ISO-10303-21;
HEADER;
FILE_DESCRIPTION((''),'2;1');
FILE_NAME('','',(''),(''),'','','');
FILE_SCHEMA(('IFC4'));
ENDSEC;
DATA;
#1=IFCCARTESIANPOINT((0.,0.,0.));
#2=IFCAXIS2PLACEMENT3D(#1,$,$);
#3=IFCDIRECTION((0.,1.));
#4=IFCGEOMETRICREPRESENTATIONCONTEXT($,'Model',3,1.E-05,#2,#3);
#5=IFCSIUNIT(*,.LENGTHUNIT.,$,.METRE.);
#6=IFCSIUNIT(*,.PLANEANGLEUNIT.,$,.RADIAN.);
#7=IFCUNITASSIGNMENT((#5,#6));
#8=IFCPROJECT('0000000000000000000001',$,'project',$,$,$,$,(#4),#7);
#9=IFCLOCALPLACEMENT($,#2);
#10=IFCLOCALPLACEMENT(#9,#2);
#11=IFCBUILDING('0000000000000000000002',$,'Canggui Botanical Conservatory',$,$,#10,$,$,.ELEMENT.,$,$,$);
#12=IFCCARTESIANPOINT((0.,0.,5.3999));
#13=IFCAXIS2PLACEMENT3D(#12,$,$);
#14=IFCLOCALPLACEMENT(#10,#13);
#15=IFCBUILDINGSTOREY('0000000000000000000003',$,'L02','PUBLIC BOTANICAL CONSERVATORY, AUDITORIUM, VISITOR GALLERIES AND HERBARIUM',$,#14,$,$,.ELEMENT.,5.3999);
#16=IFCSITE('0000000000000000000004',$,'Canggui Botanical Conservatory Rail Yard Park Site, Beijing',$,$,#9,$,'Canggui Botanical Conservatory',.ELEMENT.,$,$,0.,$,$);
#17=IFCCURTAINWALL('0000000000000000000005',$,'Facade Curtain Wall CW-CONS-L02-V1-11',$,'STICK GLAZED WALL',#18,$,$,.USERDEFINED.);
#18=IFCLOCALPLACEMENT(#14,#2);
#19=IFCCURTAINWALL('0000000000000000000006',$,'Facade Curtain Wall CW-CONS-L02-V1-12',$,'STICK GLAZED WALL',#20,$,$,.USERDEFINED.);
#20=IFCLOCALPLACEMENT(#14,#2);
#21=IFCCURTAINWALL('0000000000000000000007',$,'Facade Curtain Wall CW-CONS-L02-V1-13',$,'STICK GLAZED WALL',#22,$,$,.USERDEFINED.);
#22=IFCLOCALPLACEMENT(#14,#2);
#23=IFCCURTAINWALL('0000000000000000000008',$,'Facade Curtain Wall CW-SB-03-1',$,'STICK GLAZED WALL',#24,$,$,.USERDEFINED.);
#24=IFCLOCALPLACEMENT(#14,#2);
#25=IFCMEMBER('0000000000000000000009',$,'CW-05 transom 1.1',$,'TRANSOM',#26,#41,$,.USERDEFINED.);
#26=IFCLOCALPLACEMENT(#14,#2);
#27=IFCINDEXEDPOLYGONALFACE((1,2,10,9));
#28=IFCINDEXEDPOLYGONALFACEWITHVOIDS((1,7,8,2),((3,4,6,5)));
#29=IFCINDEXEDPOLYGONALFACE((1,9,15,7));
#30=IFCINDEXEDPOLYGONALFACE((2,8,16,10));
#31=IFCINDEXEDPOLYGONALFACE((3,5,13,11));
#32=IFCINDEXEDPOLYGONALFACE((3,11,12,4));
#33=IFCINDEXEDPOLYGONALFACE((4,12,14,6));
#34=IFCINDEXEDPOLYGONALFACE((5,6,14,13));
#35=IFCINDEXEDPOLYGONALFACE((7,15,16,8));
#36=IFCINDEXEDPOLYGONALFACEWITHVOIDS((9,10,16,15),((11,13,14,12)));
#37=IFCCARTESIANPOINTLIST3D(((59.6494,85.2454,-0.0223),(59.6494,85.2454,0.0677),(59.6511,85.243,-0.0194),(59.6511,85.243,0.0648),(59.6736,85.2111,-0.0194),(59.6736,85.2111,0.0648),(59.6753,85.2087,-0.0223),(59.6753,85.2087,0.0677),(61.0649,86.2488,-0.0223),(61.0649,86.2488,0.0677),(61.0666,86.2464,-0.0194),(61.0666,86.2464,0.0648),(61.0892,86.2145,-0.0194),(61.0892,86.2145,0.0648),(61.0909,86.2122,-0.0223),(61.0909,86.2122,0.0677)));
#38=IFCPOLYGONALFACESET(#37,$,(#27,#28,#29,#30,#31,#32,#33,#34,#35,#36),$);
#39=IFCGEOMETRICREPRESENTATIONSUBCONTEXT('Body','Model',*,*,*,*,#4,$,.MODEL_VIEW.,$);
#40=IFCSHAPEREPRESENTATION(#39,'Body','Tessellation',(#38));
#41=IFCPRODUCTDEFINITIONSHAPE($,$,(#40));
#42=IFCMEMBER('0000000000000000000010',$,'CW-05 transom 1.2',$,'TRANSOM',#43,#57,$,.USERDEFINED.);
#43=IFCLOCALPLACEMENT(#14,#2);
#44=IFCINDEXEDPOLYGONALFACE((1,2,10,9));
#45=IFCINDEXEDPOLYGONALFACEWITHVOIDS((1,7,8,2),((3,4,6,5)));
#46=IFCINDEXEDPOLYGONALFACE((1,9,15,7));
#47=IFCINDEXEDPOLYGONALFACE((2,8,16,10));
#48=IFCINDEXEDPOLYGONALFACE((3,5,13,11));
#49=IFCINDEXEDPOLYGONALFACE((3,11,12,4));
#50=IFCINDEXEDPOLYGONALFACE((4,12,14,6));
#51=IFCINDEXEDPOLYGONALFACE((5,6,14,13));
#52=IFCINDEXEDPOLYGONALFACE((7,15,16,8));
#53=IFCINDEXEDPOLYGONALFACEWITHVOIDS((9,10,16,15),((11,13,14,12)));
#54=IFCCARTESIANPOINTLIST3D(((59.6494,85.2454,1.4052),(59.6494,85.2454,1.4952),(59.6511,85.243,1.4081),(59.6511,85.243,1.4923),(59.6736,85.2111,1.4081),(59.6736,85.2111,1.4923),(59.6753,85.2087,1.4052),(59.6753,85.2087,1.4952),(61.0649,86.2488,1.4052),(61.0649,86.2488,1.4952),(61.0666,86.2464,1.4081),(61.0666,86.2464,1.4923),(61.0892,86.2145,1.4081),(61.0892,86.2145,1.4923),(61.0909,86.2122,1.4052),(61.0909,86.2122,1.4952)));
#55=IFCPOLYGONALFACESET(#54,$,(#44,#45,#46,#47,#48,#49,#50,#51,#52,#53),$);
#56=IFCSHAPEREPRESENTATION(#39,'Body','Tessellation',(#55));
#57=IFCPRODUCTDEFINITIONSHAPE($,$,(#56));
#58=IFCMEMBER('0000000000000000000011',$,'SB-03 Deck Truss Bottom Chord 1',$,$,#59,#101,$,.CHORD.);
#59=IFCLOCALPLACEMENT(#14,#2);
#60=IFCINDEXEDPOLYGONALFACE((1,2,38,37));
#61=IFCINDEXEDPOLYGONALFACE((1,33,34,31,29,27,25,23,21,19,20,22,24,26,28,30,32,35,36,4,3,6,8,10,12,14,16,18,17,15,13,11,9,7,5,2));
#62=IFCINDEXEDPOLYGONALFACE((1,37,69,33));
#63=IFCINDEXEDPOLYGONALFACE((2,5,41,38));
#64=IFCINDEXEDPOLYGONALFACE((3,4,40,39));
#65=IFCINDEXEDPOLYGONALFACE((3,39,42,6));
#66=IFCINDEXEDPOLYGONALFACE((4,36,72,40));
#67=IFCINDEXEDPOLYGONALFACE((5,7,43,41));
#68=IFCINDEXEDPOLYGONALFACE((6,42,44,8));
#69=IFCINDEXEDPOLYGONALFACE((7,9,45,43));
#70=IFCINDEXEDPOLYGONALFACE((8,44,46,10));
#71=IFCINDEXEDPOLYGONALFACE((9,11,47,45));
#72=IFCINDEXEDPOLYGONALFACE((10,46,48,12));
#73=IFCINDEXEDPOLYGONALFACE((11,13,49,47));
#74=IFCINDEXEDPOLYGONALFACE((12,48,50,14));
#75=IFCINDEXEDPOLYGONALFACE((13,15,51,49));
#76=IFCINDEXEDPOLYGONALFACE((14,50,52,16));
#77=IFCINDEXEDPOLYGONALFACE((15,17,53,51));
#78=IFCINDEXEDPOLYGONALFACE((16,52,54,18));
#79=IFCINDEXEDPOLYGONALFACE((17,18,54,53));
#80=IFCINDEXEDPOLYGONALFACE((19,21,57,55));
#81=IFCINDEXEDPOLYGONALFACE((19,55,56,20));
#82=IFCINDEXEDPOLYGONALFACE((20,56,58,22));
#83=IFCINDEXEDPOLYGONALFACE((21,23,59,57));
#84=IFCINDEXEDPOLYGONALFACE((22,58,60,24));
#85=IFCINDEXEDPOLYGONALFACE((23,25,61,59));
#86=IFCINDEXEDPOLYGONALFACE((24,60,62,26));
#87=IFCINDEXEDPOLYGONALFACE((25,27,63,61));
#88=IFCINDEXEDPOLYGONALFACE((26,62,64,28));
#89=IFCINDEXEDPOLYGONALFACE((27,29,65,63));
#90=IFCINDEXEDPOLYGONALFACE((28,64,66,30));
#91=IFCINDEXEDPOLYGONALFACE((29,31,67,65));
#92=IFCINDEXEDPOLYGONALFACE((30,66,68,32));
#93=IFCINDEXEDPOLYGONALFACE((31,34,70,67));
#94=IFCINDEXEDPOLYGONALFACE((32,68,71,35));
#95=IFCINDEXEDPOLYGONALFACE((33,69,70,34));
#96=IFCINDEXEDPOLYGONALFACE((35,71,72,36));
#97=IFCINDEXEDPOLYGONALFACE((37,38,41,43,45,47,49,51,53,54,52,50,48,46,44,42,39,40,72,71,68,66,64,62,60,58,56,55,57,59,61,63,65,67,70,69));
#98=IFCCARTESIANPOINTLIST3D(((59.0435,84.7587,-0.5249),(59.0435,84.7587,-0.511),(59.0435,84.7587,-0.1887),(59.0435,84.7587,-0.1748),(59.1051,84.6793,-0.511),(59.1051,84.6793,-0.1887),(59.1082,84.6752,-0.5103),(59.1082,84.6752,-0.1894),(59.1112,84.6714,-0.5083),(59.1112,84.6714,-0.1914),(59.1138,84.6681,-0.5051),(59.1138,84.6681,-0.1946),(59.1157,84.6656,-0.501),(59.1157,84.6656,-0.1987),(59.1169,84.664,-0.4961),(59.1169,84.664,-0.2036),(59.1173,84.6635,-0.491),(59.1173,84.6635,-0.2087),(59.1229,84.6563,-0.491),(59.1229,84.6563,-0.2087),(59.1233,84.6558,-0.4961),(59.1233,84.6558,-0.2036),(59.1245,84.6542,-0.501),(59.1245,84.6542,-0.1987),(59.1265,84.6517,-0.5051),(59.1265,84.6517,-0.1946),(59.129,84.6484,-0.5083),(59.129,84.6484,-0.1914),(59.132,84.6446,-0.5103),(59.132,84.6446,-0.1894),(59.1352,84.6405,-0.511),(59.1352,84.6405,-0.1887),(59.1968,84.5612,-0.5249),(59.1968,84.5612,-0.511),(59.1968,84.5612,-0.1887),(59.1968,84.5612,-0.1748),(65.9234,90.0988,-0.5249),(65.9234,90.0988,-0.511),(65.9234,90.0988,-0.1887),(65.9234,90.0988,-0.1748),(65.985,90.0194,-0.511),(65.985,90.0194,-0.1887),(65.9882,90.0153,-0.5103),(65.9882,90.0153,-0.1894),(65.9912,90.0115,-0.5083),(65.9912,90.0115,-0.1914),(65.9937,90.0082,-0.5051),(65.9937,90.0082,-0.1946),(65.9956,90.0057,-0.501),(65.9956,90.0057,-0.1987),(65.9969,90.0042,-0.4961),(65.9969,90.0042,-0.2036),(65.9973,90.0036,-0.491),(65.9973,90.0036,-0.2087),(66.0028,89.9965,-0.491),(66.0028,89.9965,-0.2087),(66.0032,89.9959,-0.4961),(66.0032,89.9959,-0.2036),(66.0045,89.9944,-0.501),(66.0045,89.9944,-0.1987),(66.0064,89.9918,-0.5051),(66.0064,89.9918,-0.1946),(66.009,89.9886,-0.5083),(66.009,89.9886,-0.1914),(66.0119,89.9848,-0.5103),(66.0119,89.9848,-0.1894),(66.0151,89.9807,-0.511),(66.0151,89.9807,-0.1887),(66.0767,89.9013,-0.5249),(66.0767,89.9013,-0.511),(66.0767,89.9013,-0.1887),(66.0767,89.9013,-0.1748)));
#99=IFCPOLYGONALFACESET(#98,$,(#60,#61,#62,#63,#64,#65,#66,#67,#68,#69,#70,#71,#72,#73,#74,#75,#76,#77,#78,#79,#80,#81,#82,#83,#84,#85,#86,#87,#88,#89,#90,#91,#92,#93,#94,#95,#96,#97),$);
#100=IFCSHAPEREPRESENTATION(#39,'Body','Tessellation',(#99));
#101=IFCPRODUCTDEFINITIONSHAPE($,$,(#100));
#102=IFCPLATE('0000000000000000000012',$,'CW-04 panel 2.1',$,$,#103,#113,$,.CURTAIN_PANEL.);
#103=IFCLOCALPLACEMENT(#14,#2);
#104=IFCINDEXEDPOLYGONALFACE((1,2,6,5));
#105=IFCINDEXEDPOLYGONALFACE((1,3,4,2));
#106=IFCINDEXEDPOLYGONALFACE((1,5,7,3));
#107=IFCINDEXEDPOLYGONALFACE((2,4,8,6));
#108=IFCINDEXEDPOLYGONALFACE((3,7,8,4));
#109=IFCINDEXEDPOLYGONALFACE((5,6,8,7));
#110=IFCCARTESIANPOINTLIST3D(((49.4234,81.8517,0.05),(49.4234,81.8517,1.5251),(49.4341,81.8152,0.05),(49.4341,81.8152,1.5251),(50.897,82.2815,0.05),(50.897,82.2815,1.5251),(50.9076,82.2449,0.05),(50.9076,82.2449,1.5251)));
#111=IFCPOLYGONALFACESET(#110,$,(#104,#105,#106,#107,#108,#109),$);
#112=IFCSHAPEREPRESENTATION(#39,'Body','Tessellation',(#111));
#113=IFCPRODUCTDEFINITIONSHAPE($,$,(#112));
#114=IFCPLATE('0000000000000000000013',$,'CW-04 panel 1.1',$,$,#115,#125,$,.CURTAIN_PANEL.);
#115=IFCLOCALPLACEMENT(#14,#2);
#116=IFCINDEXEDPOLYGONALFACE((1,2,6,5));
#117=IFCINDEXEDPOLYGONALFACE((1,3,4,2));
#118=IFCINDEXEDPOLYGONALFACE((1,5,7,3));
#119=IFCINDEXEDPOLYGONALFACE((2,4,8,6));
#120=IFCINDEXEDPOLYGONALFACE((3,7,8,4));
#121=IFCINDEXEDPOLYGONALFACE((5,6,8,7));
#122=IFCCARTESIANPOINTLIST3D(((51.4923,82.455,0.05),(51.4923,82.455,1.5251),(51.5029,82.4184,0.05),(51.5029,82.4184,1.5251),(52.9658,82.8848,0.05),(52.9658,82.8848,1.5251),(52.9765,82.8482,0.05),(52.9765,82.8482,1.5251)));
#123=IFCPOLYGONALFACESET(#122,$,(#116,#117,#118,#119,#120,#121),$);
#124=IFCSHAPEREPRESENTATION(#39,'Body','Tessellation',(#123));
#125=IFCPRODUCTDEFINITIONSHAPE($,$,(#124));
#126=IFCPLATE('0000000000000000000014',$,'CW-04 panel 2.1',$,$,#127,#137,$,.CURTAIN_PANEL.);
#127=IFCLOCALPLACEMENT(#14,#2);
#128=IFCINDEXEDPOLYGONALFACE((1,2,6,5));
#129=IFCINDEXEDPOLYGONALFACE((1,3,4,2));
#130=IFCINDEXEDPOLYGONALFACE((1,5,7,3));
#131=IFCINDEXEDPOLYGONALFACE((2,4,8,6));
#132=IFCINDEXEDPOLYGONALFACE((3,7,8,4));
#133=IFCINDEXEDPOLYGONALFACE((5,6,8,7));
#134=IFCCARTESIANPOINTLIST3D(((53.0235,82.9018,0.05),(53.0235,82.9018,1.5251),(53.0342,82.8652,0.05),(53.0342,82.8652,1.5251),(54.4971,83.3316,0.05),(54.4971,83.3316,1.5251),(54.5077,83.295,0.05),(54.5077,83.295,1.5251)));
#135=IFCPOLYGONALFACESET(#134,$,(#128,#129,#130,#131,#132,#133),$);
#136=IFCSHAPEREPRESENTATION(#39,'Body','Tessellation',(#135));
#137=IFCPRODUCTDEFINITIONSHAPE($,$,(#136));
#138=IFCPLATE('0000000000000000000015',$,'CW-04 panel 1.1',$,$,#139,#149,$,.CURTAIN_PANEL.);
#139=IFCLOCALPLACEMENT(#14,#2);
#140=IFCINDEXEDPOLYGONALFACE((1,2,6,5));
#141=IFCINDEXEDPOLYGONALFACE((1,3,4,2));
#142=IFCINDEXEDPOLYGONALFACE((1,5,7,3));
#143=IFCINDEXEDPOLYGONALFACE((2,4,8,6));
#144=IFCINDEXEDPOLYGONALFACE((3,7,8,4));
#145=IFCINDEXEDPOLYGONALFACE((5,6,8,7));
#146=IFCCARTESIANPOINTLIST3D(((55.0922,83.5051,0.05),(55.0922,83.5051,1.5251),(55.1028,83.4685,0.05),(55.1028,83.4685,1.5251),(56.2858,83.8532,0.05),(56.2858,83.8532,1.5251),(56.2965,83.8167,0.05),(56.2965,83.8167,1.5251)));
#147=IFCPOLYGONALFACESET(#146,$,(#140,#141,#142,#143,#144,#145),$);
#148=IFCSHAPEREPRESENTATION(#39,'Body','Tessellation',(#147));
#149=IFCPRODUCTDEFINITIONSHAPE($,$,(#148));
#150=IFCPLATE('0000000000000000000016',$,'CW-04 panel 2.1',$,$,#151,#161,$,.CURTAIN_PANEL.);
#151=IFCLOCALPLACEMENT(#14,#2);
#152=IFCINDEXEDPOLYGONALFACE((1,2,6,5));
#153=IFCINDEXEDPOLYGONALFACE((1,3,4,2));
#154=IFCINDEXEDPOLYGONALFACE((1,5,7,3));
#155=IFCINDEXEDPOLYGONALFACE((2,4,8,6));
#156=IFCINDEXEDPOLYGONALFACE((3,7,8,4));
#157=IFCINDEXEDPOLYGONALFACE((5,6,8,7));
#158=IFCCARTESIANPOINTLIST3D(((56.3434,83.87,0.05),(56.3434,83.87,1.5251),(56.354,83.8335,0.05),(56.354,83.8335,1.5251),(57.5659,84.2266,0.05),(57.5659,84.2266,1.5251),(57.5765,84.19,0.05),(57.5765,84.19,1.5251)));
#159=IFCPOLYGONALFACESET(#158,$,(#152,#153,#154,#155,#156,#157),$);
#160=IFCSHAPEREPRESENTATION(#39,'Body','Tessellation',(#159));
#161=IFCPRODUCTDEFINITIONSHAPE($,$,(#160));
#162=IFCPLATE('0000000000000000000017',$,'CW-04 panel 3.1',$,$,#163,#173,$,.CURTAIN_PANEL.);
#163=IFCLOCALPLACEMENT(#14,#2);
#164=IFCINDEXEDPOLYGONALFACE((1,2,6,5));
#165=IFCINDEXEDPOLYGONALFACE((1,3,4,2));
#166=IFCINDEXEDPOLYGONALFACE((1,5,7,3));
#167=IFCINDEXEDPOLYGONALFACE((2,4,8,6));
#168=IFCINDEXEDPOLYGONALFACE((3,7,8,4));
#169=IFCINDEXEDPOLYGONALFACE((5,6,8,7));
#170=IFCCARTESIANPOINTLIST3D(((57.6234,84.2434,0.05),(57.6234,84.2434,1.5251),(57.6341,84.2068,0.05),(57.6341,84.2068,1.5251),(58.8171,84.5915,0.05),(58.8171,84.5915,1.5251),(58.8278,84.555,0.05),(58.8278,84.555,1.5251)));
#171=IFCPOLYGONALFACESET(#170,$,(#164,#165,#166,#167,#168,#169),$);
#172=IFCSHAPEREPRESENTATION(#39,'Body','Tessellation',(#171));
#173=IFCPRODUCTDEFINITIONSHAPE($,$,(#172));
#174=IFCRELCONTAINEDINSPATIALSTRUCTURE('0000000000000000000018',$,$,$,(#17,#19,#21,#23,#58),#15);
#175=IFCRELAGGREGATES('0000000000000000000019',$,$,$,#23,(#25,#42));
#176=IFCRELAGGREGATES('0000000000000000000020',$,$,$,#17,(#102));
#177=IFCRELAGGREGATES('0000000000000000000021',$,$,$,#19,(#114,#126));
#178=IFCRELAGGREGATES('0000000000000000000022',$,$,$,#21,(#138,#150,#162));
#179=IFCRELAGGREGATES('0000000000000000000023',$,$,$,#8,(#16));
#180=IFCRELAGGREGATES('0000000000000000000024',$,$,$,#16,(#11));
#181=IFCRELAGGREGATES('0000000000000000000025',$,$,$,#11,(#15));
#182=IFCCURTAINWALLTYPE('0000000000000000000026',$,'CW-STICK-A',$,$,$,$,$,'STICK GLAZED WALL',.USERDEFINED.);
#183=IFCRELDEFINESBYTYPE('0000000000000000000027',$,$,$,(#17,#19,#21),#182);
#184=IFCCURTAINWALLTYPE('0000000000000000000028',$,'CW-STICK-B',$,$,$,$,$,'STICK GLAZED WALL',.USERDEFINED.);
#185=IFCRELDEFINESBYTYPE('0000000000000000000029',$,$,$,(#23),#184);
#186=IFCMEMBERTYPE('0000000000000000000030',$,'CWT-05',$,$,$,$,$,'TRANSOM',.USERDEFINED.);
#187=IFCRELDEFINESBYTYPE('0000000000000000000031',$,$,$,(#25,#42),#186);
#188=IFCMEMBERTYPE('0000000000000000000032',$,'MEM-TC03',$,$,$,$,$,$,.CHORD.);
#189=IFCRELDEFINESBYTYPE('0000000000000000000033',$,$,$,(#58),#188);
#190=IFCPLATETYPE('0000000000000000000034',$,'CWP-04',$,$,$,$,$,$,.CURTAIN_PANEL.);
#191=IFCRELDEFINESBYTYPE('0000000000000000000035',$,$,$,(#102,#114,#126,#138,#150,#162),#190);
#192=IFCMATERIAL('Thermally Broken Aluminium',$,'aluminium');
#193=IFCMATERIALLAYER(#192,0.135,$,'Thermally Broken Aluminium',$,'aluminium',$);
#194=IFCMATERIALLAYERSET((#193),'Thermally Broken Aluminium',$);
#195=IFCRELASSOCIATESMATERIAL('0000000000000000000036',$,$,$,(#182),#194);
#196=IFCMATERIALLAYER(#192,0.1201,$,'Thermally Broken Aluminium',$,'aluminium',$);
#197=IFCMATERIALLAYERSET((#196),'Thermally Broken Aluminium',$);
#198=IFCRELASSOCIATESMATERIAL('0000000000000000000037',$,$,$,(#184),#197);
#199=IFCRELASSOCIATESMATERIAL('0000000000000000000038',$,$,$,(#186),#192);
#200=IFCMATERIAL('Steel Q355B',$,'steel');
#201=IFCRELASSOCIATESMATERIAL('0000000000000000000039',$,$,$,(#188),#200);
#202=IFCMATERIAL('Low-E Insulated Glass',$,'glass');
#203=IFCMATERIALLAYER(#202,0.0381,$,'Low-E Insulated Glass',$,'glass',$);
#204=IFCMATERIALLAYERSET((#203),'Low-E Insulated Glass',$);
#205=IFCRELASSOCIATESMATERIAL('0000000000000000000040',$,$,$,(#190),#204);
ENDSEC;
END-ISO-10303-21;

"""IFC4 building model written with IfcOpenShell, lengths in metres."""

from ifc_helpers import new_model, si_unit, direction, frame, origin, origin_2d, place, context, subcontext, project, spatial, rectangle, hollow_rectangle, i_section, extrude, material, layer, layer_set, material_profile, profile_set, type_object, element, aggregate, save


model = new_model("IFC4")

# Units and contexts
model_context = context("Model", 3, precision=1e-05, world=origin(), true_north=direction((0.0, 1.0)))
body_context = subcontext(model_context, "Body", "Model", "MODEL_VIEW")
ifc_project = project(units=[si_unit("LENGTHUNIT", "METRE"), si_unit("PLANEANGLEUNIT", "RADIAN")], contexts=[model_context])

# Site, building, storey
site_placement = place(None, origin())
site = spatial("IfcSite", under=ifc_project, at=site_placement, Name="Canggui Botanical Conservatory Rail Yard Park Site, Beijing", LongName="Canggui Botanical Conservatory", CompositionType="ELEMENT", RefElevation=0.0)
building_placement = place(site_placement, origin())
building = spatial("IfcBuilding", under=site, at=building_placement, Name="Canggui Botanical Conservatory", CompositionType="ELEMENT")
storey_placement = place(building_placement, frame((0.0, 0.0, 5.3999)))
storey = spatial("IfcBuildingStorey", under=building, at=storey_placement, Name="L02", Description="PUBLIC BOTANICAL CONSERVATORY, AUDITORIUM, VISITOR GALLERIES AND HERBARIUM", CompositionType="ELEMENT", Elevation=5.3999)

# Curtain walls
ifc_material_1 = material(Name="Thermally Broken Aluminium", Category="aluminium")
ifc_layer_1 = layer(ifc_material_1, 0.135, Name="Thermally Broken Aluminium", Category="aluminium")
ifc_layer_set_1 = layer_set([ifc_layer_1], Name="Thermally Broken Aluminium")
curtain_wall_type_1 = type_object("IfcCurtainWallType", Name="CW-STICK-A", ElementType="STICK GLAZED WALL", PredefinedType="USERDEFINED", material=ifc_layer_set_1)
curtain_wall_1_placement = place(storey_placement, origin())
curtain_wall_1 = element("IfcCurtainWall", 1, at=curtain_wall_1_placement, inside=storey, type_object=curtain_wall_type_1, Name="Facade Curtain Wall CW-CONS-L02-V1-11", ObjectType="STICK GLAZED WALL", PredefinedType="USERDEFINED")
curtain_wall_2_placement = place(storey_placement, origin())
curtain_wall_2 = element("IfcCurtainWall", 2, at=curtain_wall_2_placement, inside=storey, type_object=curtain_wall_type_1, Name="Facade Curtain Wall CW-CONS-L02-V1-12", ObjectType="STICK GLAZED WALL", PredefinedType="USERDEFINED")
curtain_wall_3_placement = place(storey_placement, origin())
curtain_wall_3 = element("IfcCurtainWall", 3, at=curtain_wall_3_placement, inside=storey, type_object=curtain_wall_type_1, Name="Facade Curtain Wall CW-CONS-L02-V1-13", ObjectType="STICK GLAZED WALL", PredefinedType="USERDEFINED")

# Curtain wall
ifc_layer_2 = layer(ifc_material_1, 0.1201, Name="Thermally Broken Aluminium", Category="aluminium")
ifc_layer_set_2 = layer_set([ifc_layer_2], Name="Thermally Broken Aluminium")
curtain_wall_type_2 = type_object("IfcCurtainWallType", Name="CW-STICK-B", ElementType="STICK GLAZED WALL", PredefinedType="USERDEFINED", material=ifc_layer_set_2)
curtain_wall_4_placement = place(storey_placement, origin())
curtain_wall_4 = element("IfcCurtainWall", 4, at=curtain_wall_4_placement, inside=storey, type_object=curtain_wall_type_2, Name="Facade Curtain Wall CW-SB-03-1", ObjectType="STICK GLAZED WALL", PredefinedType="USERDEFINED")

# Members
ifc_material_profile_1 = material_profile(ifc_material_1, hollow_rectangle(XDim=0.0449, YDim=0.0901, WallThickness=0.0029, at=origin_2d()), Name="CWT 45x90x3")
ifc_profile_set_1 = profile_set([ifc_material_profile_1], Name="Thermally Broken Aluminium")
member_type_1 = type_object("IfcMemberType", Name="CWT-05", ElementType="TRANSOM", PredefinedType="USERDEFINED", material=ifc_profile_set_1)
member_1_placement = place(storey_placement, frame((59.6624, 85.2271, 0.0227), z_axis=(0.81582, 0.578306, 0.0), x_axis=(-0.578306, 0.81582, 0.0)))
member_1 = element("IfcMember", 5, at=member_1_placement, type_object=member_type_1, Name="CW-05 transom 1.1", ObjectType="TRANSOM", PredefinedType="USERDEFINED", context=body_context, shape_type="SweptSolid", body=[
    extrude(hollow_rectangle(XDim=0.0449, YDim=0.0901, WallThickness=0.0029, at=origin_2d()), origin(), (0.0, 0.0, 1.0), 1.7351),
])
member_2_placement = place(storey_placement, frame((59.6624, 85.2271, 1.4502), z_axis=(0.81582, 0.578306, 0.0), x_axis=(-0.578306, 0.81582, 0.0)))
member_2 = element("IfcMember", 6, at=member_2_placement, type_object=member_type_1, Name="CW-05 transom 1.2", ObjectType="TRANSOM", PredefinedType="USERDEFINED", context=body_context, shape_type="SweptSolid", body=[
    extrude(hollow_rectangle(XDim=0.0449, YDim=0.0901, WallThickness=0.0029, at=origin_2d()), origin(), (0.0, 0.0, 1.0), 1.7351),
])
aggregate(curtain_wall_4, [member_1, member_2])
ifc_material_2 = material(Name="Steel Q355B", Category="steel")
ifc_material_profile_2 = material_profile(ifc_material_2, i_section(OverallWidth=0.25, OverallDepth=0.3501, WebThickness=0.009, FlangeThickness=0.0139, FilletRadius=0.02, at=origin_2d()), Name="HM 350x250x9x14")
ifc_profile_set_2 = profile_set([ifc_material_profile_2], Name="Steel Q355B")
member_type_2 = type_object("IfcMemberType", Name="MEM-TC03", PredefinedType="CHORD", material=ifc_profile_set_2)
member_3_placement = place(storey_placement, frame((59.1201, 84.6599, -0.3499), z_axis=(0.78996, 0.613158, 0.0), x_axis=(-0.613158, 0.78996, 0.0)))
element("IfcMember", 7, at=member_3_placement, inside=storey, type_object=member_type_2, Name="SB-03 Deck Truss Bottom Chord 1", PredefinedType="CHORD", context=body_context, shape_type="SweptSolid", body=[
    extrude(i_section(OverallWidth=0.25, OverallDepth=0.3501, WebThickness=0.009, FlangeThickness=0.0139, FilletRadius=0.02, at=origin_2d()), origin(), (0.0, 0.0, 1.0), 8.7092),
])

# Plates
ifc_material_3 = material(Name="Low-E Insulated Glass", Category="glass")
ifc_layer_3 = layer(ifc_material_3, 0.0381, Name="Low-E Insulated Glass", Category="glass")
ifc_layer_set_3 = layer_set([ifc_layer_3], Name="Low-E Insulated Glass")
plate_type = type_object("IfcPlateType", Name="CWP-04", PredefinedType="CURTAIN_PANEL", material=ifc_layer_set_3)
plate_1_placement = place(storey_placement, frame((50.1655, 82.0483, 0.05), z_axis=(0.0, 0.0, 1.0), x_axis=(0.96, 0.28, 0.0)))
plate_1 = element("IfcPlate", 8, at=plate_1_placement, type_object=plate_type, Name="CW-04 panel 2.1", PredefinedType="CURTAIN_PANEL", context=body_context, shape_type="SweptSolid", body=[
    extrude(rectangle(XDim=1.5349, YDim=0.0381, at=origin_2d()), origin(), (0.0, 0.0, 1.0), 1.4751),
])
aggregate(curtain_wall_1, [plate_1])
plate_2_placement = place(storey_placement, frame((52.2344, 82.6516, 0.05), z_axis=(0.0, 0.0, 1.0), x_axis=(0.96, 0.28, 0.0)))
plate_2 = element("IfcPlate", 9, at=plate_2_placement, type_object=plate_type, Name="CW-04 panel 1.1", PredefinedType="CURTAIN_PANEL", context=body_context, shape_type="SweptSolid", body=[
    extrude(rectangle(XDim=1.5349, YDim=0.0381, at=origin_2d()), origin(), (0.0, 0.0, 1.0), 1.4751),
])
plate_3_placement = place(storey_placement, frame((53.7656, 83.0984, 0.05), z_axis=(0.0, 0.0, 1.0), x_axis=(0.96, 0.28, 0.0)))
plate_3 = element("IfcPlate", 10, at=plate_3_placement, type_object=plate_type, Name="CW-04 panel 2.1", PredefinedType="CURTAIN_PANEL", context=body_context, shape_type="SweptSolid", body=[
    extrude(rectangle(XDim=1.5349, YDim=0.0381, at=origin_2d()), origin(), (0.0, 0.0, 1.0), 1.4751),
])
aggregate(curtain_wall_2, [plate_2, plate_3])
plate_4_placement = place(storey_placement, frame((55.6943, 83.6609, 0.05), z_axis=(0.0, 0.0, 1.0), x_axis=(0.96, 0.28, 0.0)))
plate_4 = element("IfcPlate", 11, at=plate_4_placement, type_object=plate_type, Name="CW-04 panel 1.1", PredefinedType="CURTAIN_PANEL", context=body_context, shape_type="SweptSolid", body=[
    extrude(rectangle(XDim=1.2434, YDim=0.0381, at=origin_2d()), origin(), (0.0, 0.0, 1.0), 1.4751),
])
plate_5_placement = place(storey_placement, frame((56.96, 84.03, 0.05), z_axis=(0.0, 0.0, 1.0), x_axis=(0.96, 0.28, 0.0)))
plate_5 = element("IfcPlate", 12, at=plate_5_placement, type_object=plate_type, Name="CW-04 panel 2.1", PredefinedType="CURTAIN_PANEL", context=body_context, shape_type="SweptSolid", body=[
    extrude(rectangle(XDim=1.2734, YDim=0.0381, at=origin_2d()), origin(), (0.0, 0.0, 1.0), 1.4751),
])
plate_6_placement = place(storey_placement, frame((58.2256, 84.3992, 0.05), z_axis=(0.0, 0.0, 1.0), x_axis=(0.96, 0.28, 0.0)))
plate_6 = element("IfcPlate", 13, at=plate_6_placement, type_object=plate_type, Name="CW-04 panel 3.1", PredefinedType="CURTAIN_PANEL", context=body_context, shape_type="SweptSolid", body=[
    extrude(rectangle(XDim=1.2434, YDim=0.0381, at=origin_2d()), origin(), (0.0, 0.0, 1.0), 1.4751),
])
aggregate(curtain_wall_3, [plate_4, plate_5, plate_6])

save(model, "model.ifc")
